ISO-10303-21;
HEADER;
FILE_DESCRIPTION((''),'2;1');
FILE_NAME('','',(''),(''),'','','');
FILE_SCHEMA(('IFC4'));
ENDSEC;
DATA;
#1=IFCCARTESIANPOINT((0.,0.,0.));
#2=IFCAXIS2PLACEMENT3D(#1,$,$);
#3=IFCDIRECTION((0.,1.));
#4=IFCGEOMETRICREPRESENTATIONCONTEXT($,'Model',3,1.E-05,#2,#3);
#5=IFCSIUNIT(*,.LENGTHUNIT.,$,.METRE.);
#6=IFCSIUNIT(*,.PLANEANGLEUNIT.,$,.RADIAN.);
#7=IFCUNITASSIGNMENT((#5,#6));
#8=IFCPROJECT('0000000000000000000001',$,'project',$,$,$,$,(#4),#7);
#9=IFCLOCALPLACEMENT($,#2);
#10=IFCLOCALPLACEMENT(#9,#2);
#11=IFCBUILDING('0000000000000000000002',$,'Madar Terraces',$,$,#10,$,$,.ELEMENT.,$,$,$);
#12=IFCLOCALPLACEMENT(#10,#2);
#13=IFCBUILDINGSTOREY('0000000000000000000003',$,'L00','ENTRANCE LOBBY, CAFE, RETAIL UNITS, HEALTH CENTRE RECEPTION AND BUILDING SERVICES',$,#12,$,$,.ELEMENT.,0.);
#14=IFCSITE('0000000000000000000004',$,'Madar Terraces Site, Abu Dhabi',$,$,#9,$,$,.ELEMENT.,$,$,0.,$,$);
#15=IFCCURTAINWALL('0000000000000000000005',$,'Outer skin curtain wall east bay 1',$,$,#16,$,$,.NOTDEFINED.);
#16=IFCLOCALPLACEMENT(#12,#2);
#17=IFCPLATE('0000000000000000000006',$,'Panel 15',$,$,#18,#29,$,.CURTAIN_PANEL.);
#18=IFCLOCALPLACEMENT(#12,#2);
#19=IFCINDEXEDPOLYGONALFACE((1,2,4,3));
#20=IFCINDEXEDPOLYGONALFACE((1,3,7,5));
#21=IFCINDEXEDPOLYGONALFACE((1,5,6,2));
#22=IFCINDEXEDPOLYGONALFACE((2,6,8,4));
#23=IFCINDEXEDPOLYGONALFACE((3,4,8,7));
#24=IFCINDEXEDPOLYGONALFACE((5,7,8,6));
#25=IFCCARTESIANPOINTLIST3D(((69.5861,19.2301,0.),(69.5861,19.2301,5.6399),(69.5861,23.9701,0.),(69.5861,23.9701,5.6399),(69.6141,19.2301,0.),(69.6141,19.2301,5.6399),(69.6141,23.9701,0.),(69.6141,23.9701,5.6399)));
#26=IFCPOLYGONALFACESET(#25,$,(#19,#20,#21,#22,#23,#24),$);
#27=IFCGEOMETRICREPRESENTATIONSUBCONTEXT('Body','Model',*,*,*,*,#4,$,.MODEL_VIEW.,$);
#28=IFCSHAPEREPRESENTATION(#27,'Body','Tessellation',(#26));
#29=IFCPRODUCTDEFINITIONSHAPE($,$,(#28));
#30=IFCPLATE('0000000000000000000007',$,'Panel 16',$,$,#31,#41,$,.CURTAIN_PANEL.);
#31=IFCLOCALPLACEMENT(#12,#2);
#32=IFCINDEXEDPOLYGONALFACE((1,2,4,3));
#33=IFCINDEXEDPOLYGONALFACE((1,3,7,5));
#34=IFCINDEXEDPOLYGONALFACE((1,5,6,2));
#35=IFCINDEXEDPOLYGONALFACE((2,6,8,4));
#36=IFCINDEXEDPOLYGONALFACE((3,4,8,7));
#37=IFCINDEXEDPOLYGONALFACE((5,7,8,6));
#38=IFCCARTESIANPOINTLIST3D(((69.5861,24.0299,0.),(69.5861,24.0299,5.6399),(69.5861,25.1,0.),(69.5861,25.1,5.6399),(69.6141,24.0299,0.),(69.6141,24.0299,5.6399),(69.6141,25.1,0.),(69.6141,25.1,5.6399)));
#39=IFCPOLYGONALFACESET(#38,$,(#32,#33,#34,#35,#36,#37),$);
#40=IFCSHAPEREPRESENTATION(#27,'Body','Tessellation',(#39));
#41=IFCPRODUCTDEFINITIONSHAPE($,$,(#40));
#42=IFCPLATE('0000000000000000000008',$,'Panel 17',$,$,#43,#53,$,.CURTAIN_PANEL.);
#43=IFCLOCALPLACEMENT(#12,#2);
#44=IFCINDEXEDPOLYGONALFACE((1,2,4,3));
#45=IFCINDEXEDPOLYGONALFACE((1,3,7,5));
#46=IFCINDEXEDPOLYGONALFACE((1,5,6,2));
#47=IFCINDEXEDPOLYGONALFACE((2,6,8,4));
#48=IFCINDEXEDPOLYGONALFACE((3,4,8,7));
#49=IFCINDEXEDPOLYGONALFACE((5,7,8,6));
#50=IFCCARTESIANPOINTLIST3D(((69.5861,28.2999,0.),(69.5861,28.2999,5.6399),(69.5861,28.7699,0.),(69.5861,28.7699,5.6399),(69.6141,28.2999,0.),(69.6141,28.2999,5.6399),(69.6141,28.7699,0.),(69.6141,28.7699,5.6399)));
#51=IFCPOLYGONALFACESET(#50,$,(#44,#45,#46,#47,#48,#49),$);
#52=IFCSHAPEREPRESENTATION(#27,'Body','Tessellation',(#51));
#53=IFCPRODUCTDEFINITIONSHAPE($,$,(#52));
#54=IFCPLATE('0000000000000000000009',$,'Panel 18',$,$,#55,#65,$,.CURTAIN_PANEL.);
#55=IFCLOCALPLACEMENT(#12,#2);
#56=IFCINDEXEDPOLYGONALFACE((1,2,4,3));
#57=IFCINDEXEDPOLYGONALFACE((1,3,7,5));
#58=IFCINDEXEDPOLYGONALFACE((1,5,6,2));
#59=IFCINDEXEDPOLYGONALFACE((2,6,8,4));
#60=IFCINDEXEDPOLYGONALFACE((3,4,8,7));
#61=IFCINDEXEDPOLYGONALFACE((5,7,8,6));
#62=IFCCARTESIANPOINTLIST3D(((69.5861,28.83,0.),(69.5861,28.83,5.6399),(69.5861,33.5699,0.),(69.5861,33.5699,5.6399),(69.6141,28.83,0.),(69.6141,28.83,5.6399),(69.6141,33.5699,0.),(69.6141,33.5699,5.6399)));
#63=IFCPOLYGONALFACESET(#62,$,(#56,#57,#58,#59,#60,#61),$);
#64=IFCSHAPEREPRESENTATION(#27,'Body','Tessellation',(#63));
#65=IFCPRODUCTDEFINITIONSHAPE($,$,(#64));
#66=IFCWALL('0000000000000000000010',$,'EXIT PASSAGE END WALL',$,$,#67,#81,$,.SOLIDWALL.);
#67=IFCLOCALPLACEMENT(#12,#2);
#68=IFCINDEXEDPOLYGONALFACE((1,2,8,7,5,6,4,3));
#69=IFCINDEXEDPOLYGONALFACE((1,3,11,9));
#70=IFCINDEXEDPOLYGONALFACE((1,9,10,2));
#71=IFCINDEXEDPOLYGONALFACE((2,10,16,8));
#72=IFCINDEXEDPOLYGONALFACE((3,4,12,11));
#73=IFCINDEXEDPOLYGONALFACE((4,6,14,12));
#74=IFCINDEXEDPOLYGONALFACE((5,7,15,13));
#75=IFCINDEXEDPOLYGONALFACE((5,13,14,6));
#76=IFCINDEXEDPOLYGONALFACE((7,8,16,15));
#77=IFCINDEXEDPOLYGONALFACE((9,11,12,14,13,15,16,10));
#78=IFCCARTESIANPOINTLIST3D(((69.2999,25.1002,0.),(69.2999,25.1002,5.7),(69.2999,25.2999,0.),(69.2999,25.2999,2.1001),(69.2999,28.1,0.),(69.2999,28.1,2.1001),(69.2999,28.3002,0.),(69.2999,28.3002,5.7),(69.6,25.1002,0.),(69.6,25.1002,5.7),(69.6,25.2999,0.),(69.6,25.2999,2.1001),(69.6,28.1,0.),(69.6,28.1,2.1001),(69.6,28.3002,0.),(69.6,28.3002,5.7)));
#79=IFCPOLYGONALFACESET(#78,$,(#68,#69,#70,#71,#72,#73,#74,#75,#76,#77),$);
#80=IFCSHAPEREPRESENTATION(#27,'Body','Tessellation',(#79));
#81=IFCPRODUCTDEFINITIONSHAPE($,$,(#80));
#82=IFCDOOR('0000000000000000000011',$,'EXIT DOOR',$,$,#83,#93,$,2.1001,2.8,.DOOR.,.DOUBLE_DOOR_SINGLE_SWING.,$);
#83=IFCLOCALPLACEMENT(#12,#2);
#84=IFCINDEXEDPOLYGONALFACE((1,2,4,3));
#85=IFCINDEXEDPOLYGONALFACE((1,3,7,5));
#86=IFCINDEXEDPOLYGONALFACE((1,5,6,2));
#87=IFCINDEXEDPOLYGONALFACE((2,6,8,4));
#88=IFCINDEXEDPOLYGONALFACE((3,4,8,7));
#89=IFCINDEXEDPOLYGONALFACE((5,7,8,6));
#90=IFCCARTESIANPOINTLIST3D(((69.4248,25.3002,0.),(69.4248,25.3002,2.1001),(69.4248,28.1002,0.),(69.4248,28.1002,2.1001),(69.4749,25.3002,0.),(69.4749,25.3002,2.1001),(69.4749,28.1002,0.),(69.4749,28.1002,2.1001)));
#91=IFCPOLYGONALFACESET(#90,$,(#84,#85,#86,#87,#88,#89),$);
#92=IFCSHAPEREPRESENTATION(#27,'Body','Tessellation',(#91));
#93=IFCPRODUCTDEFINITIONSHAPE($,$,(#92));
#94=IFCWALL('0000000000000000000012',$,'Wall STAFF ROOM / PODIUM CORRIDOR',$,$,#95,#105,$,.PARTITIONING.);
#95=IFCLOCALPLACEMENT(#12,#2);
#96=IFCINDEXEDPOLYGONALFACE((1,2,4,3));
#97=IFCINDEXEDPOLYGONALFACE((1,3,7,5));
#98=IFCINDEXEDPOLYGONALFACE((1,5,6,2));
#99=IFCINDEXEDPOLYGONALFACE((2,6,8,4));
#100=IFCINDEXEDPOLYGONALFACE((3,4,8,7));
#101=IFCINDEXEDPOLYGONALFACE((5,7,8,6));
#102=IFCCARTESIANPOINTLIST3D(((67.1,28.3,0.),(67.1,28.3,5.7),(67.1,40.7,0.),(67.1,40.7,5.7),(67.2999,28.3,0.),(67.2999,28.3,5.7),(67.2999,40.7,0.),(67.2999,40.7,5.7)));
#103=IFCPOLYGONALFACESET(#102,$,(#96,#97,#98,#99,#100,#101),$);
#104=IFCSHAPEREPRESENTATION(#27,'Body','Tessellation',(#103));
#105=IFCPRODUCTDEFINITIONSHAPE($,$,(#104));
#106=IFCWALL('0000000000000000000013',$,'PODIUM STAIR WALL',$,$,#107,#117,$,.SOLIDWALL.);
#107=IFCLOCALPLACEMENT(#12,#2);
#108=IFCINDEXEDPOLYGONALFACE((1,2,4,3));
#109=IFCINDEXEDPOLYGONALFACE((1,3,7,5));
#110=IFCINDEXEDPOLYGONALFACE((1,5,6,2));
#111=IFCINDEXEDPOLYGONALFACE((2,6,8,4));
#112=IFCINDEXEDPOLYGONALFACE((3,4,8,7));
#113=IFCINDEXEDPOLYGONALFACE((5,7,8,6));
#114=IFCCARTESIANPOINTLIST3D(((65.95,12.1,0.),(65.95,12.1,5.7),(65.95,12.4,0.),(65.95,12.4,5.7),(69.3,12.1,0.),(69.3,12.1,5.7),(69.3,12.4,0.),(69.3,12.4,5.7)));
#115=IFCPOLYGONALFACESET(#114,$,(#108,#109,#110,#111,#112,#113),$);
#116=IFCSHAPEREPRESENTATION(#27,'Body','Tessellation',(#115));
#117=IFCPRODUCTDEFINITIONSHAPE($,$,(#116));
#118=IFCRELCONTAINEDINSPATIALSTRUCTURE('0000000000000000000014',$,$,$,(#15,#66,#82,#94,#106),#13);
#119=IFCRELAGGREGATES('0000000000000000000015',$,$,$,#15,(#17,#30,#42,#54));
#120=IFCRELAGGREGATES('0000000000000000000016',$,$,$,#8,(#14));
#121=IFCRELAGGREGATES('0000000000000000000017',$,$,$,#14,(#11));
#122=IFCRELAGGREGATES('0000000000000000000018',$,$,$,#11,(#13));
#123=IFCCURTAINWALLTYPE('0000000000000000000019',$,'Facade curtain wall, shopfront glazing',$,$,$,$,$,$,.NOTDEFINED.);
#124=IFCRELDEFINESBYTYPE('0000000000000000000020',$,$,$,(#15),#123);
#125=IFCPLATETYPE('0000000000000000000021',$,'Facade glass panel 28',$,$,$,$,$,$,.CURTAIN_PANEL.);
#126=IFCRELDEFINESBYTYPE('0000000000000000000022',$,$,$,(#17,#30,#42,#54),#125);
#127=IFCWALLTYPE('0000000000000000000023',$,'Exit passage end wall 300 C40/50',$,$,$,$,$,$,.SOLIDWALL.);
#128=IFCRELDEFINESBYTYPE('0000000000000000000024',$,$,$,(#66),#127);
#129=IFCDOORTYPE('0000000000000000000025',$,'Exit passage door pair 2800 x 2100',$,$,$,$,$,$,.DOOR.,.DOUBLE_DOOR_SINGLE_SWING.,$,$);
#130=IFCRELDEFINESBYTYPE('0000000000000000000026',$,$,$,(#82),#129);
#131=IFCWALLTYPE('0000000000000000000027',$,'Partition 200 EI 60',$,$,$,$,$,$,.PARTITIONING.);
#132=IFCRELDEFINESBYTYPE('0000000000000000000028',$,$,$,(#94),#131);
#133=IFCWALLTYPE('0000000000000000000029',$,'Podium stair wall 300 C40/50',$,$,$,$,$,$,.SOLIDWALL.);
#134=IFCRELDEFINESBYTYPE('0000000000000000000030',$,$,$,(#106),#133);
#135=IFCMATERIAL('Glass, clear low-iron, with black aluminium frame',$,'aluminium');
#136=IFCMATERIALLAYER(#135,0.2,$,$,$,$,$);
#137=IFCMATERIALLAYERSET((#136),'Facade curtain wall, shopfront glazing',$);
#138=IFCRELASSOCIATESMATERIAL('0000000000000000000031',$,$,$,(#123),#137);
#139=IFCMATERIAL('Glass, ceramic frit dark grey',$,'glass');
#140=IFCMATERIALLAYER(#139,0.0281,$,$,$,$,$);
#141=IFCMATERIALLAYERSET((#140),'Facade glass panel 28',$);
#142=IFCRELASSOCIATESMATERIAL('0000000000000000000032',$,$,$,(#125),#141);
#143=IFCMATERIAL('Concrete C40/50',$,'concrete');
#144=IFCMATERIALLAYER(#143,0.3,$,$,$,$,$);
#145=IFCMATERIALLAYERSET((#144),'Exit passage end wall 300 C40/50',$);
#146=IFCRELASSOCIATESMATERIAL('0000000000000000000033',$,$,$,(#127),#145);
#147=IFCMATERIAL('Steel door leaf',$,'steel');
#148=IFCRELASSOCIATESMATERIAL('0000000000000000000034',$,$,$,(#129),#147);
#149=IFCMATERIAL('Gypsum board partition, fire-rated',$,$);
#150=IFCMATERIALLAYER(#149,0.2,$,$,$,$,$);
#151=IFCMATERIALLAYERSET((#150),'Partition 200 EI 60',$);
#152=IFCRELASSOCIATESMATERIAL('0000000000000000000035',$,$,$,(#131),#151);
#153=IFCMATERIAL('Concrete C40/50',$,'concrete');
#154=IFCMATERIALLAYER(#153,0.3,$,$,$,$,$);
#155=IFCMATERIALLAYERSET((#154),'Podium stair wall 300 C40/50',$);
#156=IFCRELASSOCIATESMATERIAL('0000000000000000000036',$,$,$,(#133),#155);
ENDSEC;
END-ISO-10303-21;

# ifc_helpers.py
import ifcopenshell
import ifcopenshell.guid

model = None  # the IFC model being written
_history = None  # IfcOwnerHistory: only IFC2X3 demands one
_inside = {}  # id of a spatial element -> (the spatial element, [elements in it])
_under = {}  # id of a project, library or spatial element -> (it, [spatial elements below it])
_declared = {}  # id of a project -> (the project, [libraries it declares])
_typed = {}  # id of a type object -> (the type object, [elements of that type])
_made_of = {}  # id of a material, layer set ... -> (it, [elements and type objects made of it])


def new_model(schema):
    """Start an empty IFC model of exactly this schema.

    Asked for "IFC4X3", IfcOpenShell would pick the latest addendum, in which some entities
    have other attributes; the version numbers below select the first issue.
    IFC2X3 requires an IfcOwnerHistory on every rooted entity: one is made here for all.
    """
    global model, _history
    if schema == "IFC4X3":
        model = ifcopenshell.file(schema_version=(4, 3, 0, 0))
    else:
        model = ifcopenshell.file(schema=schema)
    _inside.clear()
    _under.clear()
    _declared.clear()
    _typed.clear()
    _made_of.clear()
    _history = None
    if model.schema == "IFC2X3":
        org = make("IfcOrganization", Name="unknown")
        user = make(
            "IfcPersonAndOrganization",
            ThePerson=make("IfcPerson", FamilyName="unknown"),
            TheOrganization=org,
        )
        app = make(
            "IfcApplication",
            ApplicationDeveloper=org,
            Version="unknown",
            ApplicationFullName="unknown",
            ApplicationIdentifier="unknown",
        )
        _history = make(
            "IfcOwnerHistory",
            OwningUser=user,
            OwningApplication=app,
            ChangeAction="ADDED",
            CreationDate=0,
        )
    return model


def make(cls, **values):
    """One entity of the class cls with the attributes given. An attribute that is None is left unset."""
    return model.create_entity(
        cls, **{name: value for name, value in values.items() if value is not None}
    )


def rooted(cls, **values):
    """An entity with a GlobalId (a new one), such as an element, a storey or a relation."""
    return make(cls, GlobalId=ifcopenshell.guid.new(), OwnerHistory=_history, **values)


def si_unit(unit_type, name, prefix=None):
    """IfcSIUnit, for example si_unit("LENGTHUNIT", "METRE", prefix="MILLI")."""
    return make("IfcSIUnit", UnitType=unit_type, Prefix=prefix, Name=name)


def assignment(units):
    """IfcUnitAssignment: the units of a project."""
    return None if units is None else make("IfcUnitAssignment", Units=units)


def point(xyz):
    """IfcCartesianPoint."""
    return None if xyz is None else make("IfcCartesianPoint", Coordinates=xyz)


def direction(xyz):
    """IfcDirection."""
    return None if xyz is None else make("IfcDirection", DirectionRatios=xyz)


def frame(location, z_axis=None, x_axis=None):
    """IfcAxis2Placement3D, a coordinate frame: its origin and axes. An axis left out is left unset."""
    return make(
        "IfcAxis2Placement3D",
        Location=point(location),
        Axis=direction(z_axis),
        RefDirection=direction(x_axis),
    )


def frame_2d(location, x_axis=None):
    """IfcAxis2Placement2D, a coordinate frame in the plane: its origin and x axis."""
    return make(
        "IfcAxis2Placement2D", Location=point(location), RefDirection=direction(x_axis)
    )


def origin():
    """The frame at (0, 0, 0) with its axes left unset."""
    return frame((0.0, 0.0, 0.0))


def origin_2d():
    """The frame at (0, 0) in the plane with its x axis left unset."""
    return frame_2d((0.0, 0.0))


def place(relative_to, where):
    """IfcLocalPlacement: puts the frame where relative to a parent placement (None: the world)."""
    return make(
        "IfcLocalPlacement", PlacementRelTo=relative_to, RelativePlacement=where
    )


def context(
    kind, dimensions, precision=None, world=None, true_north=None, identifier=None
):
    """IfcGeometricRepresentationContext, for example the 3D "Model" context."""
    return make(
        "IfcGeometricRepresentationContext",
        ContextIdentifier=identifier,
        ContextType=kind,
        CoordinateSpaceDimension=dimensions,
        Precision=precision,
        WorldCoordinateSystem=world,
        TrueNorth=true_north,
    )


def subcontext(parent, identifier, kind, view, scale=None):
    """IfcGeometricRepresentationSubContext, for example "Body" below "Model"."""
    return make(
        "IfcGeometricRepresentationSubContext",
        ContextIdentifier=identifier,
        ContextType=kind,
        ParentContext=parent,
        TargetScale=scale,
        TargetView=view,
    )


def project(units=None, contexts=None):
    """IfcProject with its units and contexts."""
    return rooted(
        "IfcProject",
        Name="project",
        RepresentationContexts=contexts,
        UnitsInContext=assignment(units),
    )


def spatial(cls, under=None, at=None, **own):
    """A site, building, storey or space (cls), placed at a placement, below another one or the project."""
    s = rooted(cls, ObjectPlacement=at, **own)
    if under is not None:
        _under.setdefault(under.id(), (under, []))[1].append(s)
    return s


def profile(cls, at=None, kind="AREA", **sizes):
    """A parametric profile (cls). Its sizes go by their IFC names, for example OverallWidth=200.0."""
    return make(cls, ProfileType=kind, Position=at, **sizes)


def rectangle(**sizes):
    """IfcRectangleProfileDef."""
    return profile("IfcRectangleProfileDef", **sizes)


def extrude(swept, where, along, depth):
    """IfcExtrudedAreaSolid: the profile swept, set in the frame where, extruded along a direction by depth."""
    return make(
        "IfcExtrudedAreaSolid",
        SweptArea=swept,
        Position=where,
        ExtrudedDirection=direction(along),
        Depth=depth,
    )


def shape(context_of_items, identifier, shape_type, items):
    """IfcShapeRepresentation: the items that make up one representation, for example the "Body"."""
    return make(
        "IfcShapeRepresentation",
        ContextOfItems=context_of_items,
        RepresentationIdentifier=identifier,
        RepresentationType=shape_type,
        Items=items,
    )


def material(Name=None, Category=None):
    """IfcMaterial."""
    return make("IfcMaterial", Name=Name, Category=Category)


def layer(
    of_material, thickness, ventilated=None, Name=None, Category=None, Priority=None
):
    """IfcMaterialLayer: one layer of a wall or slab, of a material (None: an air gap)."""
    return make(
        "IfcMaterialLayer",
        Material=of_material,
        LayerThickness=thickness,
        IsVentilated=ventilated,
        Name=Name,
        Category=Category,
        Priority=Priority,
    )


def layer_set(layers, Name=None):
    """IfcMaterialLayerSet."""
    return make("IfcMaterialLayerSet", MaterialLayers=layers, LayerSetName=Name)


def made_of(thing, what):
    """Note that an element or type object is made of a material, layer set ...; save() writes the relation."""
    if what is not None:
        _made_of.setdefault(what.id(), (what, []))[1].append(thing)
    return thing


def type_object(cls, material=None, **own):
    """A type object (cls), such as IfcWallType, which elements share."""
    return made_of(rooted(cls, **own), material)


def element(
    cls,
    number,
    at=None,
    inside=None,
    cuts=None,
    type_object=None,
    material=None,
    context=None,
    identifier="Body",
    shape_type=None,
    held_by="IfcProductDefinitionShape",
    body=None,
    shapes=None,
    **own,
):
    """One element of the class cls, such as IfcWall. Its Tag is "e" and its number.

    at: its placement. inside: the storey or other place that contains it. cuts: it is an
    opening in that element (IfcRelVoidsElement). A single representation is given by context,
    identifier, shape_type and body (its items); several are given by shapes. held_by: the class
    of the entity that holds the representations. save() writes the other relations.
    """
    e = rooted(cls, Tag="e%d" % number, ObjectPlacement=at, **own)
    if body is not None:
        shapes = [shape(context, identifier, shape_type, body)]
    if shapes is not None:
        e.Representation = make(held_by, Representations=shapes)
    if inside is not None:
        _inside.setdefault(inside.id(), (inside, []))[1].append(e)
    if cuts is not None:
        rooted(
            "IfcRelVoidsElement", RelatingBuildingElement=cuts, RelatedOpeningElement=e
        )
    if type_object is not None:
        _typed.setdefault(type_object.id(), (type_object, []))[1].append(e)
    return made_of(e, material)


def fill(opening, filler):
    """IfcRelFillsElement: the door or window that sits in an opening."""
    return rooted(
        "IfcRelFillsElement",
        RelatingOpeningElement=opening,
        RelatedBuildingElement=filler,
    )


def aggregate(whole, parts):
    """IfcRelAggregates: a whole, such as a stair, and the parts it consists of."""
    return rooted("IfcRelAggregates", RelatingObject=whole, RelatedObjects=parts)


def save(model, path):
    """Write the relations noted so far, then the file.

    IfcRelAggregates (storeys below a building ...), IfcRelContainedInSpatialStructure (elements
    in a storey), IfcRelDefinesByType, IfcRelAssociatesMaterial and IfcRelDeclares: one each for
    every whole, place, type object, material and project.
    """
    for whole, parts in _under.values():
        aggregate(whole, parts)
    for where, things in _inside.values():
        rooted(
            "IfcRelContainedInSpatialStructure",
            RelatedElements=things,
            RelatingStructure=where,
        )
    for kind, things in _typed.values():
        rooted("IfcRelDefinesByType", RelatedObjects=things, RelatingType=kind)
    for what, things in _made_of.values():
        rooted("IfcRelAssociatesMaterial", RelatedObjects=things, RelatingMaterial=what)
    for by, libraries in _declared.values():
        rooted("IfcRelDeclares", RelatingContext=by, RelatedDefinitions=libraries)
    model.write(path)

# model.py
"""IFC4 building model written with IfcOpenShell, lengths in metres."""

from ifc_helpers import new_model, si_unit, direction, frame, frame_2d, origin, origin_2d, place, context, subcontext, project, spatial, rectangle, extrude, material, layer, layer_set, type_object, element, fill, aggregate, save


model = new_model("IFC4")

# Units and contexts
model_context = context("Model", 3, precision=1e-05, world=origin(), true_north=direction((0.0, 1.0)))
body_context = subcontext(model_context, "Body", "Model", "MODEL_VIEW")
ifc_project = project(units=[si_unit("LENGTHUNIT", "METRE"), si_unit("PLANEANGLEUNIT", "RADIAN")], contexts=[model_context])

# Site, building, storey
site_placement = place(None, origin())
site = spatial("IfcSite", under=ifc_project, at=site_placement, Name="Madar Terraces Site, Abu Dhabi", CompositionType="ELEMENT", RefElevation=0.0)
building_placement = place(site_placement, origin())
building = spatial("IfcBuilding", under=site, at=building_placement, Name="Madar Terraces", CompositionType="ELEMENT")
storey_placement = place(building_placement, origin())
storey = spatial("IfcBuildingStorey", under=building, at=storey_placement, Name="L00", Description="ENTRANCE LOBBY, CAFE, RETAIL UNITS, HEALTH CENTRE RECEPTION AND BUILDING SERVICES", CompositionType="ELEMENT", Elevation=0.0)

# Curtain wall, plates
ifc_material_1 = material(Name="Glass, clear low-iron, with black aluminium frame", Category="aluminium")
ifc_layer_1 = layer(ifc_material_1, 0.2)
ifc_layer_set_1 = layer_set([ifc_layer_1], Name="Facade curtain wall, shopfront glazing")
curtain_wall_type = type_object("IfcCurtainWallType", Name="Facade curtain wall, shopfront glazing", PredefinedType="NOTDEFINED", material=ifc_layer_set_1)
curtain_wall_placement = place(storey_placement, origin())
curtain_wall = element("IfcCurtainWall", 1, at=curtain_wall_placement, inside=storey, type_object=curtain_wall_type, Name="Outer skin curtain wall east bay 1", PredefinedType="NOTDEFINED")
ifc_material_2 = material(Name="Glass, ceramic frit dark grey", Category="glass")
ifc_layer_2 = layer(ifc_material_2, 0.0281)
ifc_layer_set_2 = layer_set([ifc_layer_2], Name="Facade glass panel 28")
plate_type = type_object("IfcPlateType", Name="Facade glass panel 28", PredefinedType="CURTAIN_PANEL", material=ifc_layer_set_2)
plate_1_placement = place(storey_placement, frame((69.6001, 21.6001, 0.0), z_axis=(0.0, 0.0, 1.0), x_axis=(0.0, 1.0, 0.0)))
plate_1 = element("IfcPlate", 2, at=plate_1_placement, type_object=plate_type, Name="Panel 15", PredefinedType="CURTAIN_PANEL", context=body_context, shape_type="SweptSolid", body=[
    extrude(rectangle(XDim=4.74, YDim=0.0281, at=origin_2d()), origin(), (0.0, 0.0, 1.0), 5.6399),
])
plate_2_placement = place(storey_placement, frame((69.6001, 24.5649, 0.0), z_axis=(0.0, 0.0, 1.0), x_axis=(0.0, 1.0, 0.0)))
plate_2 = element("IfcPlate", 3, at=plate_2_placement, type_object=plate_type, Name="Panel 16", PredefinedType="CURTAIN_PANEL", context=body_context, shape_type="SweptSolid", body=[
    extrude(rectangle(XDim=1.0701, YDim=0.0281, at=origin_2d()), origin(), (0.0, 0.0, 1.0), 5.6399),
])
plate_3_placement = place(storey_placement, frame((69.6001, 28.5349, 0.0), z_axis=(0.0, 0.0, 1.0), x_axis=(0.0, 1.0, 0.0)))
plate_3 = element("IfcPlate", 4, at=plate_3_placement, type_object=plate_type, Name="Panel 17", PredefinedType="CURTAIN_PANEL", context=body_context, shape_type="SweptSolid", body=[
    extrude(rectangle(XDim=0.47, YDim=0.0281, at=origin_2d()), origin(), (0.0, 0.0, 1.0), 5.6399),
])
plate_4_placement = place(storey_placement, frame((69.6001, 31.2, 0.0), z_axis=(0.0, 0.0, 1.0), x_axis=(0.0, 1.0, 0.0)))
plate_4 = element("IfcPlate", 5, at=plate_4_placement, type_object=plate_type, Name="Panel 18", PredefinedType="CURTAIN_PANEL", context=body_context, shape_type="SweptSolid", body=[
    extrude(rectangle(XDim=4.74, YDim=0.0281, at=origin_2d()), origin(), (0.0, 0.0, 1.0), 5.6399),
])
aggregate(curtain_wall, [plate_1, plate_2, plate_3, plate_4])

# Wall, opening, door
ifc_material_3 = material(Name="Concrete C40/50", Category="concrete")
ifc_layer_3 = layer(ifc_material_3, 0.3)
ifc_layer_set_3 = layer_set([ifc_layer_3], Name="Exit passage end wall 300 C40/50")
wall_type_1 = type_object("IfcWallType", Name="Exit passage end wall 300 C40/50", PredefinedType="SOLIDWALL", material=ifc_layer_set_3)
wall_1_placement = place(storey_placement, frame((69.45, 25.1001, 0.0), z_axis=(0.0, 0.0, 1.0), x_axis=(0.0, 1.0, 0.0)))
wall_1 = element("IfcWall", 6, at=wall_1_placement, inside=storey, type_object=wall_type_1, Name="EXIT PASSAGE END WALL", PredefinedType="SOLIDWALL", context=body_context, shape_type="SweptSolid", body=[
    extrude(rectangle(XDim=3.2, YDim=0.3, at=frame_2d((1.6001, 0.0))), origin(), (0.0, 0.0, 1.0), 5.7),
])
opening_placement = place(wall_1_placement, frame((0.2, 0.0, 0.0)))
opening = element("IfcOpeningElement", 7, at=opening_placement, cuts=wall_1, PredefinedType="OPENING", context=body_context, shape_type="SweptSolid", body=[
    extrude(rectangle(XDim=2.8, YDim=2.1001, at=frame_2d((1.3999, 1.05))), frame((0.0, 0.1599, 0.0), z_axis=(0.0, -1.0, 0.0), x_axis=(1.0, 0.0, 0.0)), (0.0, 0.0, 1.0), 0.3201),
])
ifc_material_4 = material(Name="Steel door leaf", Category="steel")
door_type = type_object("IfcDoorType", Name="Exit passage door pair 2800 x 2100", OperationType="DOUBLE_DOOR_SINGLE_SWING", PredefinedType="DOOR", material=ifc_material_4)
door_placement = place(opening_placement, frame((2.8, 0.0, 0.0), z_axis=(0.0, 0.0, 1.0), x_axis=(-1.0, 0.0, 0.0)))
door = element("IfcDoor", 8, at=door_placement, inside=storey, type_object=door_type, Name="EXIT DOOR", OperationType="DOUBLE_DOOR_SINGLE_SWING", OverallHeight=2.1001, OverallWidth=2.8, PredefinedType="DOOR", context=body_context, shape_type="SweptSolid", body=[
    extrude(rectangle(XDim=2.8, YDim=2.1001, at=frame_2d((1.3999, 1.05))), frame((0.0, 0.0249, 0.0), z_axis=(0.0, -1.0, 0.0), x_axis=(1.0, 0.0, 0.0)), (0.0, 0.0, 1.0), 0.05),
])
fill(opening, door)

# Walls
ifc_material_5 = material(Name="Gypsum board partition, fire-rated")
ifc_layer_4 = layer(ifc_material_5, 0.2)
ifc_layer_set_4 = layer_set([ifc_layer_4], Name="Partition 200 EI 60")
wall_type_2 = type_object("IfcWallType", Name="Partition 200 EI 60", PredefinedType="PARTITIONING", material=ifc_layer_set_4)
wall_2_placement = place(storey_placement, frame((67.2, 28.3, 0.0), z_axis=(0.0, 0.0, 1.0), x_axis=(0.0, 1.0, 0.0)))
element("IfcWall", 9, at=wall_2_placement, inside=storey, type_object=wall_type_2, Name="Wall STAFF ROOM / PODIUM CORRIDOR", PredefinedType="PARTITIONING", context=body_context, shape_type="SweptSolid", body=[
    extrude(rectangle(XDim=12.3999, YDim=0.2, at=frame_2d((6.2, 0.0))), origin(), (0.0, 0.0, 1.0), 5.7),
])
ifc_material_6 = material(Name="Concrete C40/50", Category="concrete")
ifc_layer_5 = layer(ifc_material_6, 0.3)
ifc_layer_set_5 = layer_set([ifc_layer_5], Name="Podium stair wall 300 C40/50")
wall_type_3 = type_object("IfcWallType", Name="Podium stair wall 300 C40/50", PredefinedType="SOLIDWALL", material=ifc_layer_set_5)
wall_3_placement = place(storey_placement, frame((65.95, 12.25, 0.0), z_axis=(0.0, 0.0, 1.0), x_axis=(1.0, 0.0, 0.0)))
element("IfcWall", 10, at=wall_3_placement, inside=storey, type_object=wall_type_3, Name="PODIUM STAIR WALL", PredefinedType="SOLIDWALL", context=body_context, shape_type="SweptSolid", body=[
    extrude(rectangle(XDim=3.3501, YDim=0.3, at=frame_2d((1.675, 0.0))), origin(), (0.0, 0.0, 1.0), 5.7),
])

save(model, "model.ifc")
